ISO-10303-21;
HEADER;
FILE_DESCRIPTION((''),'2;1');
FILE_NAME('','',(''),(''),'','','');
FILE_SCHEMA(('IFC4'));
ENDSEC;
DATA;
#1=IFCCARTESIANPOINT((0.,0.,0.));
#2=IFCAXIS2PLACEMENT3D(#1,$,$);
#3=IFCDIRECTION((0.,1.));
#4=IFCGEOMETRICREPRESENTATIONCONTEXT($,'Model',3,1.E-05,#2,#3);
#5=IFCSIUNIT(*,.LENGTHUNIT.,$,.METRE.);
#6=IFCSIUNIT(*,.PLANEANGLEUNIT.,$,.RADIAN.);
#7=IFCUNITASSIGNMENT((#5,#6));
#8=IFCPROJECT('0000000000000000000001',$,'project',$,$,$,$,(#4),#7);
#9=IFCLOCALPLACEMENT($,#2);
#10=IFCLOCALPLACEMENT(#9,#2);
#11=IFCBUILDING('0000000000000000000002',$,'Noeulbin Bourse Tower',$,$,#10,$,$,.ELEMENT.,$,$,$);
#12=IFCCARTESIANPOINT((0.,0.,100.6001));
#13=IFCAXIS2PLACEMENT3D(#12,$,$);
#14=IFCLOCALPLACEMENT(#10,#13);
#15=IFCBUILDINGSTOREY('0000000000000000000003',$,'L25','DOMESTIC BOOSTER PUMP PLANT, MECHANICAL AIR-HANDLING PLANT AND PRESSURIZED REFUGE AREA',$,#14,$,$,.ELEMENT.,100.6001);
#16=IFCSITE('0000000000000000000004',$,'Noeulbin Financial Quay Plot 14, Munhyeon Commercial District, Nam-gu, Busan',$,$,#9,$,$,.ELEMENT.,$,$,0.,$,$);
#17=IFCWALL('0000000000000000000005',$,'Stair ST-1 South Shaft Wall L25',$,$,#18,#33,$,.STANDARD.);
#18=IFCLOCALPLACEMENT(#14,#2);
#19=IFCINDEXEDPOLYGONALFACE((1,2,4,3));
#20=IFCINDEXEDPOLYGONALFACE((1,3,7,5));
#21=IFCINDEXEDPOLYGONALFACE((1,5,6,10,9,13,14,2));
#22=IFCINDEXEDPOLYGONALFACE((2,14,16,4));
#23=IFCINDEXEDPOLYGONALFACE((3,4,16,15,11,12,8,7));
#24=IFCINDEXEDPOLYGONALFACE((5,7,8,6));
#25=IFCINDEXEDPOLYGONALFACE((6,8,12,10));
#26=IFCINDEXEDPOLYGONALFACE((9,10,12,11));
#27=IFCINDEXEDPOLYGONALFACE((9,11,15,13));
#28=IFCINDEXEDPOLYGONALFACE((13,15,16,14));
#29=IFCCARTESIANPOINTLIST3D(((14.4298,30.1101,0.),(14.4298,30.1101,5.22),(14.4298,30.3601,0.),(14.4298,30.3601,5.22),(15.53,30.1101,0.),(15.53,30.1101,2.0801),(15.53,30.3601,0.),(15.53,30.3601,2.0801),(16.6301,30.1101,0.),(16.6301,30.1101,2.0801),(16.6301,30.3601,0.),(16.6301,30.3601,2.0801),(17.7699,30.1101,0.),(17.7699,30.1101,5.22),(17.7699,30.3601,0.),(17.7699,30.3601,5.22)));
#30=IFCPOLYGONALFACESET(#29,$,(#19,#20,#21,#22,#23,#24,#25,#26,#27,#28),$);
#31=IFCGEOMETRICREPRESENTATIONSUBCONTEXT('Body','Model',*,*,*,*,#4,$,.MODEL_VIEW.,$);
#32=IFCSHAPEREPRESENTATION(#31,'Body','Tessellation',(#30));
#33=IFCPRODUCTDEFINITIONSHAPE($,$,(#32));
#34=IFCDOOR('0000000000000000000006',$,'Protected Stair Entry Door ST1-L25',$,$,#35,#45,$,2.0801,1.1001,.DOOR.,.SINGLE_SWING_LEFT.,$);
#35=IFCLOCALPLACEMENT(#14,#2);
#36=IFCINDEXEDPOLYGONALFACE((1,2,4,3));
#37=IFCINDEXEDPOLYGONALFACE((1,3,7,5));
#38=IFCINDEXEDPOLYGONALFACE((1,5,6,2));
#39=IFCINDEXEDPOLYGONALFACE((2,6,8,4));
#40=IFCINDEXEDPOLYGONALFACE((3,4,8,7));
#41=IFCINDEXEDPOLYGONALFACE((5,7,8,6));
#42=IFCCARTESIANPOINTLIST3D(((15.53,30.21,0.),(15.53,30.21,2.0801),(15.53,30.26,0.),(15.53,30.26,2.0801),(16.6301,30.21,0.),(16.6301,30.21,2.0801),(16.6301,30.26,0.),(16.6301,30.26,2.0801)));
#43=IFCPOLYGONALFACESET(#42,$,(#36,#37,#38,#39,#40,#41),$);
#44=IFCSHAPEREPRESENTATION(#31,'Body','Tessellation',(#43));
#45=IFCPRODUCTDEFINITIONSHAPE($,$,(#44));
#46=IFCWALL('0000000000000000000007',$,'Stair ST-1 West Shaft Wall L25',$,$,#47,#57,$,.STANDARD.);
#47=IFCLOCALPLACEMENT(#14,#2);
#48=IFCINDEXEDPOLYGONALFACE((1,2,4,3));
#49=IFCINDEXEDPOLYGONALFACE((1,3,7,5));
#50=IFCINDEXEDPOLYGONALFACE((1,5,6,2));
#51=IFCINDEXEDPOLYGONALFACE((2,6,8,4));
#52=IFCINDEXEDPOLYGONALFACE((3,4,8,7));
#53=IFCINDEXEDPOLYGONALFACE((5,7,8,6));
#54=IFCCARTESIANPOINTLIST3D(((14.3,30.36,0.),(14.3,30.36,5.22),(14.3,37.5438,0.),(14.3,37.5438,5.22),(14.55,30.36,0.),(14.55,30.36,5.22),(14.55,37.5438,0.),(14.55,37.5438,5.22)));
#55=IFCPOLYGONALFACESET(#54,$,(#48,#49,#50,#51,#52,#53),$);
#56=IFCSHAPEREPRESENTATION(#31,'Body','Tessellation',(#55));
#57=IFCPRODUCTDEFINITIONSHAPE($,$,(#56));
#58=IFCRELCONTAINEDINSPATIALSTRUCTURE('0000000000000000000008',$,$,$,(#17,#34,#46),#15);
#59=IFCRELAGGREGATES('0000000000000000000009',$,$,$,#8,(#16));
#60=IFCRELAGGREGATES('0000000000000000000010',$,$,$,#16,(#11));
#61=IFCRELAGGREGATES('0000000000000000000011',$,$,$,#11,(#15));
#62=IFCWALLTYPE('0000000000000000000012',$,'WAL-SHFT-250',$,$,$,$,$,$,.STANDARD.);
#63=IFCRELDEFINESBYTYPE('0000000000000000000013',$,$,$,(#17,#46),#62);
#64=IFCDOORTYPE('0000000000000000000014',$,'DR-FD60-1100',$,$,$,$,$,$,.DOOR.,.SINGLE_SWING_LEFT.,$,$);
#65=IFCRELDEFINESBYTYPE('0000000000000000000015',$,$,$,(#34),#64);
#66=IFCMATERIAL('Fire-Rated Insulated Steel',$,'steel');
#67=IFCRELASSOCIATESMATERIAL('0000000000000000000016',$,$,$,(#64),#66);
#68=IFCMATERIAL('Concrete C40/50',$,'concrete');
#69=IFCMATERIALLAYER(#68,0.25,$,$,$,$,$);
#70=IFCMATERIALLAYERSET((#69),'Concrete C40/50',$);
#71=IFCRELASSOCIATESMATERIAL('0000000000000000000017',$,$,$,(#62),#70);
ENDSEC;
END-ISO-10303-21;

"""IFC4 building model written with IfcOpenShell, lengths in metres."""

from ifc_helpers import new_model, si_unit, direction, frame, frame_2d, origin, place, context, subcontext, project, spatial, rectangle, extrude, material, layer, layer_set, type_object, element, fill, save


model = new_model("IFC4")

# Units and contexts
model_context = context("Model", 3, precision=1e-05, world=origin(), true_north=direction((0.0, 1.0)))
body_context = subcontext(model_context, "Body", "Model", "MODEL_VIEW")
ifc_project = project(units=[si_unit("LENGTHUNIT", "METRE"), si_unit("PLANEANGLEUNIT", "RADIAN")], contexts=[model_context])

# Site, building, storey
site_placement = place(None, origin())
site = spatial("IfcSite", under=ifc_project, at=site_placement, Name="Noeulbin Financial Quay Plot 14, Munhyeon Commercial District, Nam-gu, Busan", CompositionType="ELEMENT", RefElevation=0.0)
building_placement = place(site_placement, origin())
building = spatial("IfcBuilding", under=site, at=building_placement, Name="Noeulbin Bourse Tower", CompositionType="ELEMENT")
storey_placement = place(building_placement, frame((0.0, 0.0, 100.6001)))
storey = spatial("IfcBuildingStorey", under=building, at=storey_placement, Name="L25", Description="DOMESTIC BOOSTER PUMP PLANT, MECHANICAL AIR-HANDLING PLANT AND PRESSURIZED REFUGE AREA", CompositionType="ELEMENT", Elevation=100.6001)

# Shared definitions
ifc_material_1 = material(Name="Fire-Rated Insulated Steel", Category="steel")
door_type_1 = type_object("IfcDoorType", Name="DR-FD60-1100", OperationType="SINGLE_SWING_LEFT", PredefinedType="DOOR", material=ifc_material_1)

# Wall, opening, door
ifc_material_2 = material(Name="Concrete C40/50", Category="concrete")
ifc_layer_1 = layer(ifc_material_2, 0.25)
ifc_layer_set_1 = layer_set([ifc_layer_1], Name="Concrete C40/50")
wall_type_1 = type_object("IfcWallType", Name="WAL-SHFT-250", PredefinedType="STANDARD", material=ifc_layer_set_1)
wall_1_placement = place(storey_placement, frame((14.4299, 30.2351, 0.0), z_axis=(0.0, 0.0, 1.0), x_axis=(1.0, 0.0, 0.0)))
wall_1 = element("IfcWall", 1, at=wall_1_placement, inside=storey, type_object=wall_type_1, Name="Stair ST-1 South Shaft Wall L25", PredefinedType="STANDARD", context=body_context, shape_type="SweptSolid", body=[
    extrude(rectangle(XDim=3.3401, YDim=0.25, at=frame_2d((1.6699, 0.0))), origin(), (0.0, 0.0, 1.0), 5.22),
])
opening_1_placement = place(wall_1_placement, frame((1.1001, 0.0, 0.0)))
opening_1 = element("IfcOpeningElement", 2, at=opening_1_placement, cuts=wall_1, PredefinedType="OPENING", context=body_context, shape_type="SweptSolid", body=[
    extrude(rectangle(XDim=1.1001, YDim=2.0801, at=frame_2d((0.55, 1.04))), frame((0.0, 0.135, 0.0), z_axis=(0.0, -1.0, 0.0), x_axis=(1.0, 0.0, 0.0)), (0.0, 0.0, 1.0), 0.27),
])
door_1_placement = place(opening_1_placement, origin())
door_1 = element("IfcDoor", 3, at=door_1_placement, inside=storey, type_object=door_type_1, Name="Protected Stair Entry Door ST1-L25", OperationType="SINGLE_SWING_LEFT", OverallHeight=2.0801, OverallWidth=1.1001, PredefinedType="DOOR", context=body_context, shape_type="SweptSolid", body=[
    extrude(rectangle(XDim=1.1001, YDim=2.0801, at=frame_2d((0.55, 1.04))), frame((0.0, 0.0249, 0.0), z_axis=(0.0, -1.0, 0.0), x_axis=(1.0, 0.0, 0.0)), (0.0, 0.0, 1.0), 0.05),
])
fill(opening_1, door_1)

# Wall
wall_2_placement = place(storey_placement, frame((14.425, 30.3601, 0.0), z_axis=(0.0, 0.0, 1.0), x_axis=(0.0, 1.0, 0.0)))
element("IfcWall", 4, at=wall_2_placement, inside=storey, type_object=wall_type_1, Name="Stair ST-1 West Shaft Wall L25", PredefinedType="STANDARD", context=body_context, shape_type="SweptSolid", body=[
    extrude(rectangle(XDim=7.1838, YDim=0.25, at=frame_2d((3.5918, 0.0))), origin(), (0.0, 0.0, 1.0), 5.22),
])

save(model, "model.ifc")
